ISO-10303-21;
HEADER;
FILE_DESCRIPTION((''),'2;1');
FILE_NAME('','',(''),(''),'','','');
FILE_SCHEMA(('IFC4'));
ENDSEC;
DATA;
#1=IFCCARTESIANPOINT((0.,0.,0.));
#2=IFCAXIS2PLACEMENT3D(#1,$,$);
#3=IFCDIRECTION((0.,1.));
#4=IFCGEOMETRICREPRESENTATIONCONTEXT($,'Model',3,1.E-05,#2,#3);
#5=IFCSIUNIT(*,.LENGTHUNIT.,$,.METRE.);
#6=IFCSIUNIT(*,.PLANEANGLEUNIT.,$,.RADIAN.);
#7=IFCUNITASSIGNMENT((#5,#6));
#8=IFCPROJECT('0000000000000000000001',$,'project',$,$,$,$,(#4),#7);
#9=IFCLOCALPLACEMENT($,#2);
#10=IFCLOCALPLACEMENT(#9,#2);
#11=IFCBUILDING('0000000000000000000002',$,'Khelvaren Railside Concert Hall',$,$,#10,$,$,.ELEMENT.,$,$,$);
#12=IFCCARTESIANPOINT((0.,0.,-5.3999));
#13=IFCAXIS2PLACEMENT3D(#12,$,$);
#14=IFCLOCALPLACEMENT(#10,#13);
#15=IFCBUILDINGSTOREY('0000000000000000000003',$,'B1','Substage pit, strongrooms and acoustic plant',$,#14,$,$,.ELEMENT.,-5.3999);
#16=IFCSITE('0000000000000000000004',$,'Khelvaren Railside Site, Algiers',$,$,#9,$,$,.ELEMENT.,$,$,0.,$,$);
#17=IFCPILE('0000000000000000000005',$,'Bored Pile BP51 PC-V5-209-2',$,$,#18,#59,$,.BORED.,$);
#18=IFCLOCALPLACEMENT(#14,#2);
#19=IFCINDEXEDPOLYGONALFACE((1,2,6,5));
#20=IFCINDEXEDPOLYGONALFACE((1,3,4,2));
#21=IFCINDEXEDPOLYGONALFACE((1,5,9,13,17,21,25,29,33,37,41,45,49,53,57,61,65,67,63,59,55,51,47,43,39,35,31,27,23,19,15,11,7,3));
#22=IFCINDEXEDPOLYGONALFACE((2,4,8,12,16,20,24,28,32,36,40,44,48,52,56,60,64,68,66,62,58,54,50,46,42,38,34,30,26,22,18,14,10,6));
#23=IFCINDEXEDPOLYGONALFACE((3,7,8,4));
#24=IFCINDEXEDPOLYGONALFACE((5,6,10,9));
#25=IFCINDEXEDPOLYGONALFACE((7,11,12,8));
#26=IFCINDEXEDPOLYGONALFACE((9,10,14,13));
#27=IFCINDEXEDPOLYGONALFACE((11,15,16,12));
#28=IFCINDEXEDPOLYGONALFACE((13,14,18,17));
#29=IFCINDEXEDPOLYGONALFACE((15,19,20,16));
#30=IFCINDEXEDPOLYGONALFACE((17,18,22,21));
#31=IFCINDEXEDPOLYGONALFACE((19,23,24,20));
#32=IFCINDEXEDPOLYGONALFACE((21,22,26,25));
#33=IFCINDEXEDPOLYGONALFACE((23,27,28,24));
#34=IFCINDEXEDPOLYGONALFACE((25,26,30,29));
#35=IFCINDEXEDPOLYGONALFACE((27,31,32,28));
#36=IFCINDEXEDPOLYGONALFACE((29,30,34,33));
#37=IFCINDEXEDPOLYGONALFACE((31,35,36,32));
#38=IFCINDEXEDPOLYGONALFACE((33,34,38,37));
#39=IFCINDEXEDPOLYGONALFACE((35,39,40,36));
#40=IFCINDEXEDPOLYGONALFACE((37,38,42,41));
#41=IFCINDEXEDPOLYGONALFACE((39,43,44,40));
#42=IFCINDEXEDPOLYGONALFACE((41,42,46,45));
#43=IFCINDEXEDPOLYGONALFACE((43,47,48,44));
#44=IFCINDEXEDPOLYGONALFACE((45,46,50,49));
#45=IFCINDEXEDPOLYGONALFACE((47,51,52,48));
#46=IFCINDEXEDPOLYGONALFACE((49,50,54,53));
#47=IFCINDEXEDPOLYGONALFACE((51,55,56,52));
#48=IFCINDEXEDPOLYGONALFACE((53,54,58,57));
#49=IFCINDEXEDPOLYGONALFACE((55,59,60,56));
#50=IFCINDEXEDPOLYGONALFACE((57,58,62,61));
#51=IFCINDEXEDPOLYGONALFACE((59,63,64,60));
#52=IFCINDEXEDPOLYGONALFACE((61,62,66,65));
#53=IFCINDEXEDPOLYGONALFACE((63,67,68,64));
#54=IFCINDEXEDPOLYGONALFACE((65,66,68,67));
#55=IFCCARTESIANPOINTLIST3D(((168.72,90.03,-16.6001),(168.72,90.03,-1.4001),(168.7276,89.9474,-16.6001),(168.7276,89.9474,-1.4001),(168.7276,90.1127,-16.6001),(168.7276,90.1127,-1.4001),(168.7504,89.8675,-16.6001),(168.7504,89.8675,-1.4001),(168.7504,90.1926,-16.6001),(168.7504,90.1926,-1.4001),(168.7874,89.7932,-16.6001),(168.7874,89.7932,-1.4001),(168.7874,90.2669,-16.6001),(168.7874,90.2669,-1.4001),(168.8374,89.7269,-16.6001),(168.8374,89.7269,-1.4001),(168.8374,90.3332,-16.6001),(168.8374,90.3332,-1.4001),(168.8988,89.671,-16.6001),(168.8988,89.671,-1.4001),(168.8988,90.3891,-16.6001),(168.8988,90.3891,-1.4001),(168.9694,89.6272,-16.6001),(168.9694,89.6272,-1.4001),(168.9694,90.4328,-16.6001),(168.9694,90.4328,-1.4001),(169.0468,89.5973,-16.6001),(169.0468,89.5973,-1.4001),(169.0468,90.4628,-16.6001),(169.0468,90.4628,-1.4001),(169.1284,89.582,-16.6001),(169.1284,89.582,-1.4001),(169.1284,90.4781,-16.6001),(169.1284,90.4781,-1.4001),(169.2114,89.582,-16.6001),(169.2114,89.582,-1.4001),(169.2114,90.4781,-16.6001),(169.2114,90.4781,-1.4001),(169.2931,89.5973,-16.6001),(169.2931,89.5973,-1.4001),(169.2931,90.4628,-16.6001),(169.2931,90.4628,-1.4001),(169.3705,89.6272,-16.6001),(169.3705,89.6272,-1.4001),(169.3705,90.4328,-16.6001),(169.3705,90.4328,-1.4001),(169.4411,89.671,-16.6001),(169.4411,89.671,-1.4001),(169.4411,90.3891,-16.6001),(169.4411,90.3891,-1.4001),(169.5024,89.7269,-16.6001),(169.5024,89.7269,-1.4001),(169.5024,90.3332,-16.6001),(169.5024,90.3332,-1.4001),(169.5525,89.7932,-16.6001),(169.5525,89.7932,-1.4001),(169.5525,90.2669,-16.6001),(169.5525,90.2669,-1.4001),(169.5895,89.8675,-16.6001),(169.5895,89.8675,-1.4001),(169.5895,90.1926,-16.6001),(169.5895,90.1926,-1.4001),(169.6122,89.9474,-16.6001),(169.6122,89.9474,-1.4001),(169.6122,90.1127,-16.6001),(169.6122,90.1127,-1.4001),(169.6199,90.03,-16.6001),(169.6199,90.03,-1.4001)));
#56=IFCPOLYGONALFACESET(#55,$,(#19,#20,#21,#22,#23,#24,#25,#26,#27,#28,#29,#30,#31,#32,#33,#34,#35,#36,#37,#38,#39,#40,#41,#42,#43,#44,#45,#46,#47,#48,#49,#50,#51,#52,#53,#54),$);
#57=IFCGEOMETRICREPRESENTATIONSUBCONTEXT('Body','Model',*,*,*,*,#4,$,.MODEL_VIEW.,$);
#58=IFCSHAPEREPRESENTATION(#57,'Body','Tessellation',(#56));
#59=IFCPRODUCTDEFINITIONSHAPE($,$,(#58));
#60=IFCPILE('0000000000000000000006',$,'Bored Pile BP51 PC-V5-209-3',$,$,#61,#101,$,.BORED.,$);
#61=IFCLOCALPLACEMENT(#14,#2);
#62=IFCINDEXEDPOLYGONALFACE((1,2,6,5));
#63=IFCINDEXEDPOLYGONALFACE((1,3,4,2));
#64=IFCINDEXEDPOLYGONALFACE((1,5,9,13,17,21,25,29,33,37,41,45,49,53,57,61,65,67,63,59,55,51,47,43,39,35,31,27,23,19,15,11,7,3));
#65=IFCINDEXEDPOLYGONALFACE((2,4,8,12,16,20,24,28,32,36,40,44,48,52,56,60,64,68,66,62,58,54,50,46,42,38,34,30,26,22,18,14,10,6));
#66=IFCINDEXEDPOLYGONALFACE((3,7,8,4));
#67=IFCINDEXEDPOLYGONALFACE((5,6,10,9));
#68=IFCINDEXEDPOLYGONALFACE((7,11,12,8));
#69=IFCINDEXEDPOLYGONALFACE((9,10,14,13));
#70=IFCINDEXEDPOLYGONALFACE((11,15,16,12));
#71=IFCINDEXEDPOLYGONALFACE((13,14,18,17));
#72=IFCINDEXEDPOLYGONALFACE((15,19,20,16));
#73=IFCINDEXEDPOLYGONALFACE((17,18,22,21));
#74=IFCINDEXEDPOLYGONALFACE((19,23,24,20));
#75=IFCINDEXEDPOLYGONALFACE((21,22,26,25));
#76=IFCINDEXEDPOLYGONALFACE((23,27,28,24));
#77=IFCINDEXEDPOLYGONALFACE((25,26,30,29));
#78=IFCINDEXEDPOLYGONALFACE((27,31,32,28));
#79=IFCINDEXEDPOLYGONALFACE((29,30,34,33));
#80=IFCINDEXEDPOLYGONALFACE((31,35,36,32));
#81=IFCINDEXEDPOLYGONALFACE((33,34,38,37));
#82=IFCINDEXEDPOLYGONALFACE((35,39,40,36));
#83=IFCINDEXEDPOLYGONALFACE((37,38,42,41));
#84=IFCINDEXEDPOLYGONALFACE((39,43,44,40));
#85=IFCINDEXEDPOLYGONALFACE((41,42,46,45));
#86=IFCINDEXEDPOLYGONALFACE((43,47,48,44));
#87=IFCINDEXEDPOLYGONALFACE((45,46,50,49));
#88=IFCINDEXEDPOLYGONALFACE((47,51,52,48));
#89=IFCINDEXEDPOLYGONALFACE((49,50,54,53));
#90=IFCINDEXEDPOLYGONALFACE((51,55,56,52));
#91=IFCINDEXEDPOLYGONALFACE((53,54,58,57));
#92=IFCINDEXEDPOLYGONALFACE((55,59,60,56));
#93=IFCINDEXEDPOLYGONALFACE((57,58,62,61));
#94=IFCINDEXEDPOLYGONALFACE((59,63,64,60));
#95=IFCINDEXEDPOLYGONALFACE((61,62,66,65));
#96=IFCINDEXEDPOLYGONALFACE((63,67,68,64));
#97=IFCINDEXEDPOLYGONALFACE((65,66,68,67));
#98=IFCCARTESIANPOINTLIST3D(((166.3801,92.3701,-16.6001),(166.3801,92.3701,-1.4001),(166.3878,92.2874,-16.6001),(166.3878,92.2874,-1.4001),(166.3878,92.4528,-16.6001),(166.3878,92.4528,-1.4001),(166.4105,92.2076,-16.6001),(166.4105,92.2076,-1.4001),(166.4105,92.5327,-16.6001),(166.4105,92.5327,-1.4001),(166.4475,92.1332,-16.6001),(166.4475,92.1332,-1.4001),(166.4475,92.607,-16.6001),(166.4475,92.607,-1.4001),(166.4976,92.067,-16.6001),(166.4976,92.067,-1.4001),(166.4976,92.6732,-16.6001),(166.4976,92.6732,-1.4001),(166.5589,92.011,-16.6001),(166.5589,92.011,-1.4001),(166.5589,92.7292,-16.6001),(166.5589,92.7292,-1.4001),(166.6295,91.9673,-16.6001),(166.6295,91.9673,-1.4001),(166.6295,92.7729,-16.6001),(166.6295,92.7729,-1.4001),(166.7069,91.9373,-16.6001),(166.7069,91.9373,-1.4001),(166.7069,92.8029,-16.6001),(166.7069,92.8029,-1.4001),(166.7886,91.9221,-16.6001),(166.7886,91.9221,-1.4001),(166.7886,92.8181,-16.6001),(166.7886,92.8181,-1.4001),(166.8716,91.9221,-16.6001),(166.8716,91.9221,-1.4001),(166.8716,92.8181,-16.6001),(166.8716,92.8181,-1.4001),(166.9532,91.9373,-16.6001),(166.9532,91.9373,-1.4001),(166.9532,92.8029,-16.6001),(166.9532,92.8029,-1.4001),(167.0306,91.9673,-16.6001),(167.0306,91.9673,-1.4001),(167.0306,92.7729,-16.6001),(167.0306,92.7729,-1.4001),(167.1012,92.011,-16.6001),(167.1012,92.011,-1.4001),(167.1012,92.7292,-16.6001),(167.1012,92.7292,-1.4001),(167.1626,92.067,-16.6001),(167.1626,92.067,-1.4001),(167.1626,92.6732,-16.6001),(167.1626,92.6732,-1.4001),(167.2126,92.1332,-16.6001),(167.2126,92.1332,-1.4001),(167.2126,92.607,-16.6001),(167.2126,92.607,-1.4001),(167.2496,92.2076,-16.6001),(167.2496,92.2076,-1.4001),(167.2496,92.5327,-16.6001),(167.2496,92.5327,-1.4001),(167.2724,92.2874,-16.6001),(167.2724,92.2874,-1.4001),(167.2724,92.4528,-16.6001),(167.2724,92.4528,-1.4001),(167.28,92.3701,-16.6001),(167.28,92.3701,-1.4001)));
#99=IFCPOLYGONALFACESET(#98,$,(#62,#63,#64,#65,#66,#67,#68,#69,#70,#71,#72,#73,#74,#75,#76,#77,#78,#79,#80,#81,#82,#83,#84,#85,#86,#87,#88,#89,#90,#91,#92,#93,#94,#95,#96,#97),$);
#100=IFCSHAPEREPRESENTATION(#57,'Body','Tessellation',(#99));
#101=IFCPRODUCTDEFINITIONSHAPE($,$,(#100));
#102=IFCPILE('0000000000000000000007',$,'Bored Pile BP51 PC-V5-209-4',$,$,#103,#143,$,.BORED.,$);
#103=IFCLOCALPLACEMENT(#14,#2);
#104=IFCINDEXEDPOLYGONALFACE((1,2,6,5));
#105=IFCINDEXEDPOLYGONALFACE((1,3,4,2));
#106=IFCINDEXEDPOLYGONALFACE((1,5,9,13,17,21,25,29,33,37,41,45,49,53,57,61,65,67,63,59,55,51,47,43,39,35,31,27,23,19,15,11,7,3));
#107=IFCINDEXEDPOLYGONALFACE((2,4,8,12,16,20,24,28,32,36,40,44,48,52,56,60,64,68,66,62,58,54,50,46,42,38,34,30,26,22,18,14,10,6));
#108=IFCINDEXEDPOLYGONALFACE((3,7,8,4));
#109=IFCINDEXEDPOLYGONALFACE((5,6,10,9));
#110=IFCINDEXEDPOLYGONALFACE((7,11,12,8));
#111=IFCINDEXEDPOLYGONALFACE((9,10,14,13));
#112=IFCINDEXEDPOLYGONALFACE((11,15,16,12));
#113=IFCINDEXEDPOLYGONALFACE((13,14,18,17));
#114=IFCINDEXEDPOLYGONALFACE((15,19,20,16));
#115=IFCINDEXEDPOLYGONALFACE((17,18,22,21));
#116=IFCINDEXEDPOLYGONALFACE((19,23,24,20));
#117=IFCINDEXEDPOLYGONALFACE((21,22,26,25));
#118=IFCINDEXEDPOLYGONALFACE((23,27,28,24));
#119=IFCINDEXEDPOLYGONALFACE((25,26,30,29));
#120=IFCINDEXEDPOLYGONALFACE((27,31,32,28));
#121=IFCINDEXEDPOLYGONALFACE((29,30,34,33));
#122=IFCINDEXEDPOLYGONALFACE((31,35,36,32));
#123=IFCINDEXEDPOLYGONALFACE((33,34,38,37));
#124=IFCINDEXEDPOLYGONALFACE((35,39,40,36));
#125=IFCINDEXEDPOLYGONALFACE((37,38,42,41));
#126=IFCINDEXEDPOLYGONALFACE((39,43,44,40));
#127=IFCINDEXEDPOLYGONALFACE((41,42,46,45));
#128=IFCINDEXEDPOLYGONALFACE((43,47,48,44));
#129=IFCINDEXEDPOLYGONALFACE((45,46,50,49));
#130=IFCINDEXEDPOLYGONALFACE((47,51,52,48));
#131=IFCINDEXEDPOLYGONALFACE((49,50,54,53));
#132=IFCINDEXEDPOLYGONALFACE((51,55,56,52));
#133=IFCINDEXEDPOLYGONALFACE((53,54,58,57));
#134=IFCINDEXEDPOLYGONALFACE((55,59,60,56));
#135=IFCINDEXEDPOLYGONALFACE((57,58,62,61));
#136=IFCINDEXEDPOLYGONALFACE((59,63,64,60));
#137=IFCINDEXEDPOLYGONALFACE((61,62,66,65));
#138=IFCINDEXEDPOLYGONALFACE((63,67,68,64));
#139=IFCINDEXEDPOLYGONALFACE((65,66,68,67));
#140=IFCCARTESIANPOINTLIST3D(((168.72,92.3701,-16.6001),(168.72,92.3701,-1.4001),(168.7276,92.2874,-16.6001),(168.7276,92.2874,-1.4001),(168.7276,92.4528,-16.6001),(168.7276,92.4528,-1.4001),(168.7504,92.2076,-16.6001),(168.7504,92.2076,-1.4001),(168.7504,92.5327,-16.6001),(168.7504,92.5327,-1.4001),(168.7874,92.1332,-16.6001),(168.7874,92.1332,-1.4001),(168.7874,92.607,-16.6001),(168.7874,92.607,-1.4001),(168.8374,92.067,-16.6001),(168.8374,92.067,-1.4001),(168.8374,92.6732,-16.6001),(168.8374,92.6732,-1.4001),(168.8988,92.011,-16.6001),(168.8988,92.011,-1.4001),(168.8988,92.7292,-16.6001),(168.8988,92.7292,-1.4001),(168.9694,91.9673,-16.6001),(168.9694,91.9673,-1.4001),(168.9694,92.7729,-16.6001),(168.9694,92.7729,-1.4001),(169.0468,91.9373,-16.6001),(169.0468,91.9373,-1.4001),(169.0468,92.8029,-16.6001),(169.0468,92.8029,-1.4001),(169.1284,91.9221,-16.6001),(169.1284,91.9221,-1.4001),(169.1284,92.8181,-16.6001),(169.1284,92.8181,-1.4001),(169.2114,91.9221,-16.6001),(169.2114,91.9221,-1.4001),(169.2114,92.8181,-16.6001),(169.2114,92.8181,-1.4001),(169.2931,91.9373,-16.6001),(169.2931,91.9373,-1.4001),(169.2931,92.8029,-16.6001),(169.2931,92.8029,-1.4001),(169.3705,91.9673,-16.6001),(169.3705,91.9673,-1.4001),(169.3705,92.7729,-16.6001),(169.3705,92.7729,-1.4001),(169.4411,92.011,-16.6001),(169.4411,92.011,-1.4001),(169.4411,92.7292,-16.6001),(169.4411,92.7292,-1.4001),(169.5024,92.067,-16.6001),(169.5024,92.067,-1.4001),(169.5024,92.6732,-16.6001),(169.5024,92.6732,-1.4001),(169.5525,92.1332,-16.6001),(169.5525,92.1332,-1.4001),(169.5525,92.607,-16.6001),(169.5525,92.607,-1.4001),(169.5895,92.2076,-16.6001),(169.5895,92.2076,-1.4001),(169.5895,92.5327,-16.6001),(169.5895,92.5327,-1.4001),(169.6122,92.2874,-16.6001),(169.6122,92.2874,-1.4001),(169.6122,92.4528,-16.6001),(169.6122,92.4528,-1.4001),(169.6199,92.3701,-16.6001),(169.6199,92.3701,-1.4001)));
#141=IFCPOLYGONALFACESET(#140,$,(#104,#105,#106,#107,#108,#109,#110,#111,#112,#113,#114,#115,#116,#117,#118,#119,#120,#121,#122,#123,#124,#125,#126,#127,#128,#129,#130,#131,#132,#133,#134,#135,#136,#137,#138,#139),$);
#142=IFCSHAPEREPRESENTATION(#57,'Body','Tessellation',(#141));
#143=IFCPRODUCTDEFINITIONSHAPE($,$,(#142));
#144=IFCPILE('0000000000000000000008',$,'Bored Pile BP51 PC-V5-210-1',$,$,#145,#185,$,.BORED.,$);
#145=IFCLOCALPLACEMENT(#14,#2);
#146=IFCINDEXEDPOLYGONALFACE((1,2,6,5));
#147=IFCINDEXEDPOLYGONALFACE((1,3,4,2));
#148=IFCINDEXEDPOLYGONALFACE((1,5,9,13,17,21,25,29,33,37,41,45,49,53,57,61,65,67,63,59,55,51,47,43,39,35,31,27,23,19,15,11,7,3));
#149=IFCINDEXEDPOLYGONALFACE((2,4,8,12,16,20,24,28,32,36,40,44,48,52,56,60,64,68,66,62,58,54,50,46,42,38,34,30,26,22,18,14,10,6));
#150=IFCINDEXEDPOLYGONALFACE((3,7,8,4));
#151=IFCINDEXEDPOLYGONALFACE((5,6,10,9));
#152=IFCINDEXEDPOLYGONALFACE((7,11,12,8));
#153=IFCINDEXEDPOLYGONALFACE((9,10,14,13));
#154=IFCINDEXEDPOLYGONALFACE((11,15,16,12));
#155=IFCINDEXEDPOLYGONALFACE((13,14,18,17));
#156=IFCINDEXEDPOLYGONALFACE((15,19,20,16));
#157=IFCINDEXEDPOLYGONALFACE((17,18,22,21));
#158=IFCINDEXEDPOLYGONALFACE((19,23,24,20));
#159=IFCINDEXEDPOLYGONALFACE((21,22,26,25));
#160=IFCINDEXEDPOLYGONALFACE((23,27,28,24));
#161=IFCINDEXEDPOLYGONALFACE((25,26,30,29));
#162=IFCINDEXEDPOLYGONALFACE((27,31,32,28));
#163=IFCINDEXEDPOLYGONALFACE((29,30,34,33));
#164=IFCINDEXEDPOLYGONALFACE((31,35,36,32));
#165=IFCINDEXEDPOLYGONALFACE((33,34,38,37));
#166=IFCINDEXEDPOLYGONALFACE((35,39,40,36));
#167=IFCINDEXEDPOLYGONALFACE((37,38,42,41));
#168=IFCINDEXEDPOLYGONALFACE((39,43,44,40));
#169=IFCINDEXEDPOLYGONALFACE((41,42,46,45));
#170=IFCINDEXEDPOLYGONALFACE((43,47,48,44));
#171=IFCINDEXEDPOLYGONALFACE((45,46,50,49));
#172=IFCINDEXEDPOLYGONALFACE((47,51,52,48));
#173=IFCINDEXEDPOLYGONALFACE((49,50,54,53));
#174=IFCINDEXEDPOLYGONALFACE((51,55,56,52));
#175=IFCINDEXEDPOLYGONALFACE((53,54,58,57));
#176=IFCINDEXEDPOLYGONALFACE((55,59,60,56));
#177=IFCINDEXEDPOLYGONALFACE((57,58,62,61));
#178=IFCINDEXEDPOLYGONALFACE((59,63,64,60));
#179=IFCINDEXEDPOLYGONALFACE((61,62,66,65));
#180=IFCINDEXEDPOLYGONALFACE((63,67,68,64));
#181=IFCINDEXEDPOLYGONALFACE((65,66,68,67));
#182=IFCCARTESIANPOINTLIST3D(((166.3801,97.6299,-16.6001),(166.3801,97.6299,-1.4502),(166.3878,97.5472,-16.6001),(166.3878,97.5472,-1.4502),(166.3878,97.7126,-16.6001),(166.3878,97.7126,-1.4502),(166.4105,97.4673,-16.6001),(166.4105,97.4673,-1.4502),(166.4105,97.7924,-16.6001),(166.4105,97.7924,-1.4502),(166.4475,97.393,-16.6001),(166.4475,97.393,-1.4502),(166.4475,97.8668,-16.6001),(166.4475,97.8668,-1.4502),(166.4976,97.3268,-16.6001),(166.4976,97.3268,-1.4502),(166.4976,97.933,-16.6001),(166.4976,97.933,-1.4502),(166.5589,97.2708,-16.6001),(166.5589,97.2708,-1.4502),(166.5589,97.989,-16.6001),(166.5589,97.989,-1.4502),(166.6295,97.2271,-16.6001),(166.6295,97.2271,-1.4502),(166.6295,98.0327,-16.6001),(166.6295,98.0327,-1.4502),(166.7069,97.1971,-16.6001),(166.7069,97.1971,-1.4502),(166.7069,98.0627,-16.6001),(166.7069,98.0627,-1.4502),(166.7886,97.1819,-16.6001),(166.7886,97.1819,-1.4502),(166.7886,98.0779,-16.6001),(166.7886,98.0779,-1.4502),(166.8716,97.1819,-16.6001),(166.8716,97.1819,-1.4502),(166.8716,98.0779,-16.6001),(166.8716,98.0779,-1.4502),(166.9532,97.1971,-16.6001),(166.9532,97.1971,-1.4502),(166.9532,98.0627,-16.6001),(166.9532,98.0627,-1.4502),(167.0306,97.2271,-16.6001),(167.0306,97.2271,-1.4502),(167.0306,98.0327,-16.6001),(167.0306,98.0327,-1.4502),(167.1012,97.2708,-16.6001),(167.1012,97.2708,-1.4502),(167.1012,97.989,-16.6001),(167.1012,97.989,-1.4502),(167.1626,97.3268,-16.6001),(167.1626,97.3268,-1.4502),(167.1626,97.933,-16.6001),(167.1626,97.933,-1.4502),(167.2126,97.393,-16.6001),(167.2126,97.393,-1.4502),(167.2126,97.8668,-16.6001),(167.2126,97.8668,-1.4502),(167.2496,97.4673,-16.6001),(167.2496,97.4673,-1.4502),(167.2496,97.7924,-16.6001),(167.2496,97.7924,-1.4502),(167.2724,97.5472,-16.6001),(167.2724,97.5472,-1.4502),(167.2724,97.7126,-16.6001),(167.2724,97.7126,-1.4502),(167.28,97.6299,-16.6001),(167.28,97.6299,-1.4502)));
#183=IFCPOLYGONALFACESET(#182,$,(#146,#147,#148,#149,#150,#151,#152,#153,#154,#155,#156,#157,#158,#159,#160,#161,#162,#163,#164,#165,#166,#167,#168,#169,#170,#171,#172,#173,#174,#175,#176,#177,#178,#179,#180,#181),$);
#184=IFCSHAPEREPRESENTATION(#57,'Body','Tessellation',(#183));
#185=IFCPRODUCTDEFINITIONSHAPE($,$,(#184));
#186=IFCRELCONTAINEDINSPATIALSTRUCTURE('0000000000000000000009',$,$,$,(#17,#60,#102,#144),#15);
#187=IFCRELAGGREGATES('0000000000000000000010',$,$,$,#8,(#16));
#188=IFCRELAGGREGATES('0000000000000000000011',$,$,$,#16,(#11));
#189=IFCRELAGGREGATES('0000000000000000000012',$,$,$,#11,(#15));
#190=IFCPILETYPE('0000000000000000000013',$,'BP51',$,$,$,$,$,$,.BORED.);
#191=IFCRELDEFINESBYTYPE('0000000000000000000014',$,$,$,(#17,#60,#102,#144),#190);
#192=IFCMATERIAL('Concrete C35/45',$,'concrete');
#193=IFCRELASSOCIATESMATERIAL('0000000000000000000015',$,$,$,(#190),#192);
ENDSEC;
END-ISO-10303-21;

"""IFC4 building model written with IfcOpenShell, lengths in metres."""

from ifc_helpers import new_model, si_unit, direction, frame, origin, origin_2d, place, context, subcontext, project, spatial, circle, extrude, material, material_profile, profile_set, type_object, element, save


model = new_model("IFC4")

# Units and contexts
model_context = context("Model", 3, precision=1e-05, world=origin(), true_north=direction((0.0, 1.0)))
body_context = subcontext(model_context, "Body", "Model", "MODEL_VIEW")
ifc_project = project(units=[si_unit("LENGTHUNIT", "METRE"), si_unit("PLANEANGLEUNIT", "RADIAN")], contexts=[model_context])

# Site, building, storey
site_placement = place(None, origin())
site = spatial("IfcSite", under=ifc_project, at=site_placement, Name="Khelvaren Railside Site, Algiers", CompositionType="ELEMENT", RefElevation=0.0)
building_placement = place(site_placement, origin())
building = spatial("IfcBuilding", under=site, at=building_placement, Name="Khelvaren Railside Concert Hall", CompositionType="ELEMENT")
storey_placement = place(building_placement, frame((0.0, 0.0, -5.3999)))
storey = spatial("IfcBuildingStorey", under=building, at=storey_placement, Name="B1", Description="Substage pit, strongrooms and acoustic plant", CompositionType="ELEMENT", Elevation=-5.3999)

# Piles
ifc_material_1 = material(Name="Concrete C35/45", Category="concrete")
ifc_material_profile_1 = material_profile(ifc_material_1, circle(Radius=0.45, at=origin_2d()), Name="BP D900")
ifc_profile_set_1 = profile_set([ifc_material_profile_1], Name="Concrete C35/45")
pile_type_1 = type_object("IfcPileType", Name="BP51", PredefinedType="BORED", material=ifc_profile_set_1)
for number, where, z_axis, x_axis, name in (
    (1, (169.1699, 90.03, -1.4001), (0.0, 0.0, -1.0), (1.0, 0.0, 0.0), "Bored Pile BP51 PC-V5-209-2"),
    (2, (166.8301, 92.3701, -1.4001), (0.0, 0.0, -1.0), (1.0, 0.0, 0.0), "Bored Pile BP51 PC-V5-209-3"),
    (3, (169.1699, 92.3701, -1.4001), (0.0, 0.0, -1.0), (1.0, 0.0, 0.0), "Bored Pile BP51 PC-V5-209-4"),
):
    element("IfcPile", number, at=place(storey_placement, frame(where, z_axis=z_axis, x_axis=x_axis)), inside=storey, type_object=pile_type_1, Name=name, PredefinedType="BORED", context=body_context, shape_type="SweptSolid", body=[
        extrude(circle(Radius=0.45, at=origin_2d()), origin(), (0.0, 0.0, 1.0), 15.2),
    ])
for number, where, z_axis, x_axis, name in (
    (4, (166.8301, 97.6299, -1.4502), (0.0, 0.0, -1.0), (1.0, 0.0, 0.0), "Bored Pile BP51 PC-V5-210-1"),
):
    element("IfcPile", number, at=place(storey_placement, frame(where, z_axis=z_axis, x_axis=x_axis)), inside=storey, type_object=pile_type_1, Name=name, PredefinedType="BORED", context=body_context, shape_type="SweptSolid", body=[
        extrude(circle(Radius=0.45, at=origin_2d()), origin(), (0.0, 0.0, 1.0), 15.1499),
    ])

save(model, "model.ifc")
